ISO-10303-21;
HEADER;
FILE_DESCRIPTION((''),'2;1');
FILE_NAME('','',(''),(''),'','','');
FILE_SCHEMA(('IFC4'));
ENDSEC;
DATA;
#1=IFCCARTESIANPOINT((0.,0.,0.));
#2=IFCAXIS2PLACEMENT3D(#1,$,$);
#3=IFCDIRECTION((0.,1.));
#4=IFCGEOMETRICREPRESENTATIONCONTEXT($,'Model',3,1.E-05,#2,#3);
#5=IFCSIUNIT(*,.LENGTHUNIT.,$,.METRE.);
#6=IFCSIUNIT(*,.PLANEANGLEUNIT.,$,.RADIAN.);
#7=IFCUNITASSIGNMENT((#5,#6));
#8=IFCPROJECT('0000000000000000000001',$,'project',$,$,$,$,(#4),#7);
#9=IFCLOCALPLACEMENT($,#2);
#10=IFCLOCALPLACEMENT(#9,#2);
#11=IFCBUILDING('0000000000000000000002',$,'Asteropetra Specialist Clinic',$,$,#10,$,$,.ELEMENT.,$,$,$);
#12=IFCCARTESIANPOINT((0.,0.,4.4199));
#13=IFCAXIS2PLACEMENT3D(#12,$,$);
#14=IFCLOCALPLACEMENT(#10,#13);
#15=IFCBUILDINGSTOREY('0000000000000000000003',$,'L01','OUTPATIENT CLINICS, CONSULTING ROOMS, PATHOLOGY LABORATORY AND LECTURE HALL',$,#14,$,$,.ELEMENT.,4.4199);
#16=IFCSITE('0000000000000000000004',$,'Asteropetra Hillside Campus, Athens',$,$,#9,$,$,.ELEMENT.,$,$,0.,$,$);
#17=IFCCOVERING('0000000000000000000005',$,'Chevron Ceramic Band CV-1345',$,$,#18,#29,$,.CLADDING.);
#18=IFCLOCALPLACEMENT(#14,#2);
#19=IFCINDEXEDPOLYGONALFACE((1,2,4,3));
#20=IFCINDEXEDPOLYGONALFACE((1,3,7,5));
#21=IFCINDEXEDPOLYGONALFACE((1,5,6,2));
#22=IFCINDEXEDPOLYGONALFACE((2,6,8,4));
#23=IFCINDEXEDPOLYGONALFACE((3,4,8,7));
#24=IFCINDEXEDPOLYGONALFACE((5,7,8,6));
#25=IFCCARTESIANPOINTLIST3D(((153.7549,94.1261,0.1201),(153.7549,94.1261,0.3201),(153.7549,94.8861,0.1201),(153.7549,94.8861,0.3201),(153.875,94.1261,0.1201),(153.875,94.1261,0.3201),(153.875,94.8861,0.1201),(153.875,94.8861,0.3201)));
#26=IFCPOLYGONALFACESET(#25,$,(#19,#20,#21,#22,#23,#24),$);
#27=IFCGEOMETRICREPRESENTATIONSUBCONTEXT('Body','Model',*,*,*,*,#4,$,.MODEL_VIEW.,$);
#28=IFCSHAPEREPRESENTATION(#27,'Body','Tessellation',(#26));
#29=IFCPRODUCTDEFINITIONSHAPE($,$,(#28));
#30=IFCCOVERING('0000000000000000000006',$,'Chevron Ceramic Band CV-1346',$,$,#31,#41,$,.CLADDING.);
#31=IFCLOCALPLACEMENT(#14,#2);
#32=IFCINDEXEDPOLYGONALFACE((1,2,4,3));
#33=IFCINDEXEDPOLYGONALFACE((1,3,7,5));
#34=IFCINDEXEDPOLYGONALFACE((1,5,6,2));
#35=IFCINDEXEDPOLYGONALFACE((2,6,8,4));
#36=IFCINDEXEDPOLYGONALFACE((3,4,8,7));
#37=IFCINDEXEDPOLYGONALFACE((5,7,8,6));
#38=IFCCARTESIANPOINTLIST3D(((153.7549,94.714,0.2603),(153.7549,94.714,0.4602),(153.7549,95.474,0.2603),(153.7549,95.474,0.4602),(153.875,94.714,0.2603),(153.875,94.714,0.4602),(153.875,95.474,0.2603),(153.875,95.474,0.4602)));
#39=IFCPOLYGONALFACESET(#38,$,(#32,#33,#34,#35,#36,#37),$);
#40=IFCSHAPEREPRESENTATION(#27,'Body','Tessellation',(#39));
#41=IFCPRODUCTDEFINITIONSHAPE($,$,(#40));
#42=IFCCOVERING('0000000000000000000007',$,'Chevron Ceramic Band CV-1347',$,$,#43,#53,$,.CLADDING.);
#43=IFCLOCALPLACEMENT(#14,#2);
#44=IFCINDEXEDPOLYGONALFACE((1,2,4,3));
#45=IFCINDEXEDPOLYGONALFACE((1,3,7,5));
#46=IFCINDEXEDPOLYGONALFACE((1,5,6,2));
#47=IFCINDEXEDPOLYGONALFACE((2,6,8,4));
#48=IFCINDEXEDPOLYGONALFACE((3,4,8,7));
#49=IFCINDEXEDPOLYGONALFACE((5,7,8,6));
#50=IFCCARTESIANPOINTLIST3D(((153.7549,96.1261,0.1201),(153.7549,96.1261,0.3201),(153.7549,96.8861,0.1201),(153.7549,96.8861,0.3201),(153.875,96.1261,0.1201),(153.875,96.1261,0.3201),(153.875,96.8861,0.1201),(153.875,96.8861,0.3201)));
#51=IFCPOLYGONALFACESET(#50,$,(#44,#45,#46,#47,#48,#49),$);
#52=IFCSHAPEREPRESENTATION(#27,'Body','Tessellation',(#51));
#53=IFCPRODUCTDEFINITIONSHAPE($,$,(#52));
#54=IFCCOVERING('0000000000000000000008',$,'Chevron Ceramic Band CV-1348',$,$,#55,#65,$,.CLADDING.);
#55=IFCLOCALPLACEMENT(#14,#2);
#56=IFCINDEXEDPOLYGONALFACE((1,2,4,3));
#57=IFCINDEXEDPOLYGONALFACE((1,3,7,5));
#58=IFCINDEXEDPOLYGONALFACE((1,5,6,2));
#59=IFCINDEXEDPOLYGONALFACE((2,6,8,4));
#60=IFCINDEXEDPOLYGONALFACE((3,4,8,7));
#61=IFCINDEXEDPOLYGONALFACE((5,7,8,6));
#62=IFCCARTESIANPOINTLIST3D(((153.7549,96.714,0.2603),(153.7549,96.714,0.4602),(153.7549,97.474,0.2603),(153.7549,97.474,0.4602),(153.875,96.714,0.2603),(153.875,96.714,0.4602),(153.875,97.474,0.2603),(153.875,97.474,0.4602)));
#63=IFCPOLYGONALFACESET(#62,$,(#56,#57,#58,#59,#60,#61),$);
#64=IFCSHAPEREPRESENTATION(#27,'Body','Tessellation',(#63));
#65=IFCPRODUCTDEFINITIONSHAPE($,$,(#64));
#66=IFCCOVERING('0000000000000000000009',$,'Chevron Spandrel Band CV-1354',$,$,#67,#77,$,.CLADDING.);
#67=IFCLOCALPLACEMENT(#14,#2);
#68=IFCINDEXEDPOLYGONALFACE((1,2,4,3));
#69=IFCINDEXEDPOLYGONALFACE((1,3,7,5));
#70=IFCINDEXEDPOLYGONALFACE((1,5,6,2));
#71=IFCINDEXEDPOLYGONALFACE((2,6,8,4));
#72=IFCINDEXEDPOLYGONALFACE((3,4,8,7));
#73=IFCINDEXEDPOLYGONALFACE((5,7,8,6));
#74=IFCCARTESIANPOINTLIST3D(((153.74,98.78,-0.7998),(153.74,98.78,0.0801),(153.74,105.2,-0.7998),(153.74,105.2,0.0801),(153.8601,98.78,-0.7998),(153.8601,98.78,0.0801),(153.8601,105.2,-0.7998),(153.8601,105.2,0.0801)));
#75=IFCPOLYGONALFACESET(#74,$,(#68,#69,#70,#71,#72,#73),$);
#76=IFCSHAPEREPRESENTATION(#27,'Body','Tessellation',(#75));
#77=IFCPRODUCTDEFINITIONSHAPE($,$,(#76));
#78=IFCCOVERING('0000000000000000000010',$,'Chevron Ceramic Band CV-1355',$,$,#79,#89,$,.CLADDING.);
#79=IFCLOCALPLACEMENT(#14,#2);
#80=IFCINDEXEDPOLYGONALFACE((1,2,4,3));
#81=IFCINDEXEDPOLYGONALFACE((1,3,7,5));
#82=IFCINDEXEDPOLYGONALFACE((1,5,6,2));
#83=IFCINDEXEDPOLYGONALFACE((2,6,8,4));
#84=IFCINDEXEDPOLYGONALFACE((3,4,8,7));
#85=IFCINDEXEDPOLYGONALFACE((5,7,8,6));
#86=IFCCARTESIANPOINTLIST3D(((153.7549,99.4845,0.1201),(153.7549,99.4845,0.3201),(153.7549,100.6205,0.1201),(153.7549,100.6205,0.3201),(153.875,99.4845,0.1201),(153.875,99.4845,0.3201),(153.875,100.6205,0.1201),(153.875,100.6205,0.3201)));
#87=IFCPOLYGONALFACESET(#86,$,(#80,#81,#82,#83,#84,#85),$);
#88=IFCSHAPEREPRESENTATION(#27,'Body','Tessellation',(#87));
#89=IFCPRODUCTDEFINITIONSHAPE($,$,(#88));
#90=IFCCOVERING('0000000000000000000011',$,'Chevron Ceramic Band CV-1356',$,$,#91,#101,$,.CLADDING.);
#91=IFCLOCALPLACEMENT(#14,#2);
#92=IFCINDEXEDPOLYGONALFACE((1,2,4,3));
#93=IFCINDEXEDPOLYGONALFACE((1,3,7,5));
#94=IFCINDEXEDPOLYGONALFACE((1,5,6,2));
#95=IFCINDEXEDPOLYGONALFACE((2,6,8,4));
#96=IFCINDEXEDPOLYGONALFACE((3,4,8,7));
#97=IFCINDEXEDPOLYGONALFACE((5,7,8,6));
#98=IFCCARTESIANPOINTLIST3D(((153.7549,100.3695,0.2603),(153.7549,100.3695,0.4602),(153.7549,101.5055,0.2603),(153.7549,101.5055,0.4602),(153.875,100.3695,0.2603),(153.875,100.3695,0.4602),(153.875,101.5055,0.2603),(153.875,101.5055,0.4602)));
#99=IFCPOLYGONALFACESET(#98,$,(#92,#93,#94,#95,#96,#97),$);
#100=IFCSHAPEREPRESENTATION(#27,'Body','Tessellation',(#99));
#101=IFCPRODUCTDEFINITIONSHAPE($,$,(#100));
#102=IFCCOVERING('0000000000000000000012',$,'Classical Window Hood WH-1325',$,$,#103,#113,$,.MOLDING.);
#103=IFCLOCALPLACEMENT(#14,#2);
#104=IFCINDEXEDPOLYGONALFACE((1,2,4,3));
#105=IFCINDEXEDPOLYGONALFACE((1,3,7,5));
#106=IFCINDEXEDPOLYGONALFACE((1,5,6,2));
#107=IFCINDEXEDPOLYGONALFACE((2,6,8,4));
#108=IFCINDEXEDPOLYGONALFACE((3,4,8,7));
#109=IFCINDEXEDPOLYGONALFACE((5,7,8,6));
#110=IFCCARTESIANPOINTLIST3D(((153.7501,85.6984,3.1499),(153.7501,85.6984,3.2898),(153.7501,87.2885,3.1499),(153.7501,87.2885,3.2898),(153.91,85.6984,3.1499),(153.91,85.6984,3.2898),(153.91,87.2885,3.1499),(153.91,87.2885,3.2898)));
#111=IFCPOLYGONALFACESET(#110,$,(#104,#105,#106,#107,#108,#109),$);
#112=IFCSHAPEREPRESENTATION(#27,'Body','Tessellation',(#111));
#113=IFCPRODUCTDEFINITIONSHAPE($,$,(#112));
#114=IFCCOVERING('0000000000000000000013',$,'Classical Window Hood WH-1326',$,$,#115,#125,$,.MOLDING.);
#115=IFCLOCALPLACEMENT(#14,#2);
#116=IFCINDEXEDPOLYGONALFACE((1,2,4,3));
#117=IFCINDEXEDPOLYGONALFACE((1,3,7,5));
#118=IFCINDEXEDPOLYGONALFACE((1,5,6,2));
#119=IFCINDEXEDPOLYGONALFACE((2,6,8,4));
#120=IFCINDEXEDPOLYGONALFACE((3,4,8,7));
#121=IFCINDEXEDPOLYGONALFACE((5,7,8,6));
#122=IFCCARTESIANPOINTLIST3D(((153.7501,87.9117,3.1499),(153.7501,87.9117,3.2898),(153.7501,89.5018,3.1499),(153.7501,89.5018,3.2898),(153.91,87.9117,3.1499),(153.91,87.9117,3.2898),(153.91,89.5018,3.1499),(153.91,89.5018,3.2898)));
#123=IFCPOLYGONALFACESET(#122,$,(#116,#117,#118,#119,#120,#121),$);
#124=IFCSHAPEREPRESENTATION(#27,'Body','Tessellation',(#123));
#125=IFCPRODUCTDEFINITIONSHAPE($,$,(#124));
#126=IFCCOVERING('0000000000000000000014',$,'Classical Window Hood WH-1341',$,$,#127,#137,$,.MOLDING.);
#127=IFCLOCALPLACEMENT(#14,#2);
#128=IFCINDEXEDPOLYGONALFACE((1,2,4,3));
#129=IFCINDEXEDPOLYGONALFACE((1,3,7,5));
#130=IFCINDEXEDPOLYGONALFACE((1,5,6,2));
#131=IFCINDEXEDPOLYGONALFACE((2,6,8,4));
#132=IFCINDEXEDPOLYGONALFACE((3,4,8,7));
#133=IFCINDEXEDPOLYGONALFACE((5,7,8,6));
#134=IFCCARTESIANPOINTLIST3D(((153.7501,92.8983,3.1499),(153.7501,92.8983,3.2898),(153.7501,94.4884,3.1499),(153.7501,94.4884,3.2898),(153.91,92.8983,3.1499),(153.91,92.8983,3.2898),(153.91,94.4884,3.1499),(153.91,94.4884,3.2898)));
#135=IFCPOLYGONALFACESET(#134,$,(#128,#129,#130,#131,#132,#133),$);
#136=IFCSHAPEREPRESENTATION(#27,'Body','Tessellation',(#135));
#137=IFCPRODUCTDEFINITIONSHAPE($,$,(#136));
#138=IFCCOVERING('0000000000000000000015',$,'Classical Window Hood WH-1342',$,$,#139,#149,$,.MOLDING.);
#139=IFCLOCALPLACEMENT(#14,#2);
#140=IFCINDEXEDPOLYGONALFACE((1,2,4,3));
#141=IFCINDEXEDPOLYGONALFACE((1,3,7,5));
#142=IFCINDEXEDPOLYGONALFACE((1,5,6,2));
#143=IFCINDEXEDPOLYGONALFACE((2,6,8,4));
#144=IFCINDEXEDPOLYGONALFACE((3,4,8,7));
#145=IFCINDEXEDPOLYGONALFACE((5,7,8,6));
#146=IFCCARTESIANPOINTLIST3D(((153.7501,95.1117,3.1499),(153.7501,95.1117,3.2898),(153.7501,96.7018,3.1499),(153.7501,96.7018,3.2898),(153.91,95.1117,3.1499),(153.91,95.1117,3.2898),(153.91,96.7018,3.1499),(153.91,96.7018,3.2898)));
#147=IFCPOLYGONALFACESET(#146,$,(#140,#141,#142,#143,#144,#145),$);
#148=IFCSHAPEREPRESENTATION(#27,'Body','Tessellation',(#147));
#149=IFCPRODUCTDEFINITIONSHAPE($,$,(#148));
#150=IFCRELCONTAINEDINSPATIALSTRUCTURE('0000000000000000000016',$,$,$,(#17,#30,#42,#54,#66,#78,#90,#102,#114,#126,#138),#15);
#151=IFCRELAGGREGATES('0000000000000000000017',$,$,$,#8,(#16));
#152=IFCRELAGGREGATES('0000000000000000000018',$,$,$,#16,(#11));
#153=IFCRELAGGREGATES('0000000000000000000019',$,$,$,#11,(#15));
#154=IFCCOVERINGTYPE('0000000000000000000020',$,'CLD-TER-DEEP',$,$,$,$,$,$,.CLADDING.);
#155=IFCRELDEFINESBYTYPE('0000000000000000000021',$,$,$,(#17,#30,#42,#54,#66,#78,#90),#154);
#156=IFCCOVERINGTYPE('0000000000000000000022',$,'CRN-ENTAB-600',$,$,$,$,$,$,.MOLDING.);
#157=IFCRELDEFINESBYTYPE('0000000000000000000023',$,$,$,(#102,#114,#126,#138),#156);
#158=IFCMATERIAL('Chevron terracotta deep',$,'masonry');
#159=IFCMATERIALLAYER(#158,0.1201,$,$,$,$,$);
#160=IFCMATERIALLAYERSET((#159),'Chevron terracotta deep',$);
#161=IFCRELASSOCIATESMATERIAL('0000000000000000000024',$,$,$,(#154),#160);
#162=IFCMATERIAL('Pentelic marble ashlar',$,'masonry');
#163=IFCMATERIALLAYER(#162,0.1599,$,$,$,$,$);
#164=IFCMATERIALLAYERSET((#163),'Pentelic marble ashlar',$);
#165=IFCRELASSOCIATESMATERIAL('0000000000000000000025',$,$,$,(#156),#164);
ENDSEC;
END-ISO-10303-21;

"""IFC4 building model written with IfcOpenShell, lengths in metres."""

from ifc_helpers import new_model, si_unit, direction, frame, origin, origin_2d, place, context, subcontext, project, spatial, rectangle, extrude, material, layer, layer_set, type_object, element, save


model = new_model("IFC4")

# Units and contexts
model_context = context("Model", 3, precision=1e-05, world=origin(), true_north=direction((0.0, 1.0)))
body_context = subcontext(model_context, "Body", "Model", "MODEL_VIEW")
ifc_project = project(units=[si_unit("LENGTHUNIT", "METRE"), si_unit("PLANEANGLEUNIT", "RADIAN")], contexts=[model_context])

# Site, building, storey
site_placement = place(None, origin())
site = spatial("IfcSite", under=ifc_project, at=site_placement, Name="Asteropetra Hillside Campus, Athens", CompositionType="ELEMENT", RefElevation=0.0)
building_placement = place(site_placement, origin())
building = spatial("IfcBuilding", under=site, at=building_placement, Name="Asteropetra Specialist Clinic", CompositionType="ELEMENT")
storey_placement = place(building_placement, frame((0.0, 0.0, 4.4199)))
storey = spatial("IfcBuildingStorey", under=building, at=storey_placement, Name="L01", Description="OUTPATIENT CLINICS, CONSULTING ROOMS, PATHOLOGY LABORATORY AND LECTURE HALL", CompositionType="ELEMENT", Elevation=4.4199)

# Coverings
ifc_material_1 = material(Name="Chevron terracotta deep", Category="masonry")
ifc_layer_1 = layer(ifc_material_1, 0.1201)
ifc_layer_set_1 = layer_set([ifc_layer_1], Name="Chevron terracotta deep")
covering_type_1 = type_object("IfcCoveringType", Name="CLD-TER-DEEP", PredefinedType="CLADDING", material=ifc_layer_set_1)
for number, where, z_axis, x_axis, name in (
    (1, (153.8149, 94.5061, 0.1201), (0.0, 0.0, 1.0), (1.0, 0.0, 0.0), "Chevron Ceramic Band CV-1345"),
    (2, (153.8149, 95.094, 0.2603), (0.0, 0.0, 1.0), (1.0, 0.0, 0.0), "Chevron Ceramic Band CV-1346"),
    (3, (153.8149, 96.5061, 0.1201), (0.0, 0.0, 1.0), (1.0, 0.0, 0.0), "Chevron Ceramic Band CV-1347"),
    (4, (153.8149, 97.094, 0.2603), (0.0, 0.0, 1.0), (1.0, 0.0, 0.0), "Chevron Ceramic Band CV-1348"),
):
    element("IfcCovering", number, at=place(storey_placement, frame(where, z_axis=z_axis, x_axis=x_axis)), inside=storey, type_object=covering_type_1, Name=name, PredefinedType="CLADDING", context=body_context, shape_type="SweptSolid", body=[
        extrude(rectangle(XDim=0.1201, YDim=0.76, at=origin_2d()), origin(), (0.0, 0.0, 1.0), 0.2),
    ])
covering_placement = place(storey_placement, frame((153.8, 101.99, -0.7998), z_axis=(0.0, 0.0, 1.0), x_axis=(1.0, 0.0, 0.0)))
element("IfcCovering", 5, at=covering_placement, inside=storey, type_object=covering_type_1, Name="Chevron Spandrel Band CV-1354", PredefinedType="CLADDING", context=body_context, shape_type="SweptSolid", body=[
    extrude(rectangle(XDim=0.1201, YDim=6.4199, at=origin_2d()), origin(), (0.0, 0.0, 1.0), 0.8799),
])
for number, where, z_axis, x_axis, name in (
    (6, (153.8149, 100.0525, 0.1201), (0.0, 0.0, 1.0), (1.0, 0.0, 0.0), "Chevron Ceramic Band CV-1355"),
    (7, (153.8149, 100.9375, 0.2603), (0.0, 0.0, 1.0), (1.0, 0.0, 0.0), "Chevron Ceramic Band CV-1356"),
):
    element("IfcCovering", number, at=place(storey_placement, frame(where, z_axis=z_axis, x_axis=x_axis)), inside=storey, type_object=covering_type_1, Name=name, PredefinedType="CLADDING", context=body_context, shape_type="SweptSolid", body=[
        extrude(rectangle(XDim=0.1201, YDim=1.136, at=origin_2d()), origin(), (0.0, 0.0, 1.0), 0.2),
    ])
ifc_material_2 = material(Name="Pentelic marble ashlar", Category="masonry")
ifc_layer_2 = layer(ifc_material_2, 0.1599)
ifc_layer_set_2 = layer_set([ifc_layer_2], Name="Pentelic marble ashlar")
covering_type_2 = type_object("IfcCoveringType", Name="CRN-ENTAB-600", PredefinedType="MOLDING", material=ifc_layer_set_2)
for number, where, z_axis, x_axis, name in (
    (8, (153.8301, 86.4934, 3.1499), (0.0, 0.0, 1.0), (1.0, 0.0, 0.0), "Classical Window Hood WH-1325"),
    (9, (153.8301, 88.7068, 3.1499), (0.0, 0.0, 1.0), (1.0, 0.0, 0.0), "Classical Window Hood WH-1326"),
    (10, (153.8301, 93.6934, 3.1499), (0.0, 0.0, 1.0), (1.0, 0.0, 0.0), "Classical Window Hood WH-1341"),
    (11, (153.8301, 95.9067, 3.1499), (0.0, 0.0, 1.0), (1.0, 0.0, 0.0), "Classical Window Hood WH-1342"),
):
    element("IfcCovering", number, at=place(storey_placement, frame(where, z_axis=z_axis, x_axis=x_axis)), inside=storey, type_object=covering_type_2, Name=name, PredefinedType="MOLDING", context=body_context, shape_type="SweptSolid", body=[
        extrude(rectangle(XDim=0.1599, YDim=1.5901, at=origin_2d()), origin(), (0.0, 0.0, 1.0), 0.1399),
    ])

save(model, "model.ifc")
